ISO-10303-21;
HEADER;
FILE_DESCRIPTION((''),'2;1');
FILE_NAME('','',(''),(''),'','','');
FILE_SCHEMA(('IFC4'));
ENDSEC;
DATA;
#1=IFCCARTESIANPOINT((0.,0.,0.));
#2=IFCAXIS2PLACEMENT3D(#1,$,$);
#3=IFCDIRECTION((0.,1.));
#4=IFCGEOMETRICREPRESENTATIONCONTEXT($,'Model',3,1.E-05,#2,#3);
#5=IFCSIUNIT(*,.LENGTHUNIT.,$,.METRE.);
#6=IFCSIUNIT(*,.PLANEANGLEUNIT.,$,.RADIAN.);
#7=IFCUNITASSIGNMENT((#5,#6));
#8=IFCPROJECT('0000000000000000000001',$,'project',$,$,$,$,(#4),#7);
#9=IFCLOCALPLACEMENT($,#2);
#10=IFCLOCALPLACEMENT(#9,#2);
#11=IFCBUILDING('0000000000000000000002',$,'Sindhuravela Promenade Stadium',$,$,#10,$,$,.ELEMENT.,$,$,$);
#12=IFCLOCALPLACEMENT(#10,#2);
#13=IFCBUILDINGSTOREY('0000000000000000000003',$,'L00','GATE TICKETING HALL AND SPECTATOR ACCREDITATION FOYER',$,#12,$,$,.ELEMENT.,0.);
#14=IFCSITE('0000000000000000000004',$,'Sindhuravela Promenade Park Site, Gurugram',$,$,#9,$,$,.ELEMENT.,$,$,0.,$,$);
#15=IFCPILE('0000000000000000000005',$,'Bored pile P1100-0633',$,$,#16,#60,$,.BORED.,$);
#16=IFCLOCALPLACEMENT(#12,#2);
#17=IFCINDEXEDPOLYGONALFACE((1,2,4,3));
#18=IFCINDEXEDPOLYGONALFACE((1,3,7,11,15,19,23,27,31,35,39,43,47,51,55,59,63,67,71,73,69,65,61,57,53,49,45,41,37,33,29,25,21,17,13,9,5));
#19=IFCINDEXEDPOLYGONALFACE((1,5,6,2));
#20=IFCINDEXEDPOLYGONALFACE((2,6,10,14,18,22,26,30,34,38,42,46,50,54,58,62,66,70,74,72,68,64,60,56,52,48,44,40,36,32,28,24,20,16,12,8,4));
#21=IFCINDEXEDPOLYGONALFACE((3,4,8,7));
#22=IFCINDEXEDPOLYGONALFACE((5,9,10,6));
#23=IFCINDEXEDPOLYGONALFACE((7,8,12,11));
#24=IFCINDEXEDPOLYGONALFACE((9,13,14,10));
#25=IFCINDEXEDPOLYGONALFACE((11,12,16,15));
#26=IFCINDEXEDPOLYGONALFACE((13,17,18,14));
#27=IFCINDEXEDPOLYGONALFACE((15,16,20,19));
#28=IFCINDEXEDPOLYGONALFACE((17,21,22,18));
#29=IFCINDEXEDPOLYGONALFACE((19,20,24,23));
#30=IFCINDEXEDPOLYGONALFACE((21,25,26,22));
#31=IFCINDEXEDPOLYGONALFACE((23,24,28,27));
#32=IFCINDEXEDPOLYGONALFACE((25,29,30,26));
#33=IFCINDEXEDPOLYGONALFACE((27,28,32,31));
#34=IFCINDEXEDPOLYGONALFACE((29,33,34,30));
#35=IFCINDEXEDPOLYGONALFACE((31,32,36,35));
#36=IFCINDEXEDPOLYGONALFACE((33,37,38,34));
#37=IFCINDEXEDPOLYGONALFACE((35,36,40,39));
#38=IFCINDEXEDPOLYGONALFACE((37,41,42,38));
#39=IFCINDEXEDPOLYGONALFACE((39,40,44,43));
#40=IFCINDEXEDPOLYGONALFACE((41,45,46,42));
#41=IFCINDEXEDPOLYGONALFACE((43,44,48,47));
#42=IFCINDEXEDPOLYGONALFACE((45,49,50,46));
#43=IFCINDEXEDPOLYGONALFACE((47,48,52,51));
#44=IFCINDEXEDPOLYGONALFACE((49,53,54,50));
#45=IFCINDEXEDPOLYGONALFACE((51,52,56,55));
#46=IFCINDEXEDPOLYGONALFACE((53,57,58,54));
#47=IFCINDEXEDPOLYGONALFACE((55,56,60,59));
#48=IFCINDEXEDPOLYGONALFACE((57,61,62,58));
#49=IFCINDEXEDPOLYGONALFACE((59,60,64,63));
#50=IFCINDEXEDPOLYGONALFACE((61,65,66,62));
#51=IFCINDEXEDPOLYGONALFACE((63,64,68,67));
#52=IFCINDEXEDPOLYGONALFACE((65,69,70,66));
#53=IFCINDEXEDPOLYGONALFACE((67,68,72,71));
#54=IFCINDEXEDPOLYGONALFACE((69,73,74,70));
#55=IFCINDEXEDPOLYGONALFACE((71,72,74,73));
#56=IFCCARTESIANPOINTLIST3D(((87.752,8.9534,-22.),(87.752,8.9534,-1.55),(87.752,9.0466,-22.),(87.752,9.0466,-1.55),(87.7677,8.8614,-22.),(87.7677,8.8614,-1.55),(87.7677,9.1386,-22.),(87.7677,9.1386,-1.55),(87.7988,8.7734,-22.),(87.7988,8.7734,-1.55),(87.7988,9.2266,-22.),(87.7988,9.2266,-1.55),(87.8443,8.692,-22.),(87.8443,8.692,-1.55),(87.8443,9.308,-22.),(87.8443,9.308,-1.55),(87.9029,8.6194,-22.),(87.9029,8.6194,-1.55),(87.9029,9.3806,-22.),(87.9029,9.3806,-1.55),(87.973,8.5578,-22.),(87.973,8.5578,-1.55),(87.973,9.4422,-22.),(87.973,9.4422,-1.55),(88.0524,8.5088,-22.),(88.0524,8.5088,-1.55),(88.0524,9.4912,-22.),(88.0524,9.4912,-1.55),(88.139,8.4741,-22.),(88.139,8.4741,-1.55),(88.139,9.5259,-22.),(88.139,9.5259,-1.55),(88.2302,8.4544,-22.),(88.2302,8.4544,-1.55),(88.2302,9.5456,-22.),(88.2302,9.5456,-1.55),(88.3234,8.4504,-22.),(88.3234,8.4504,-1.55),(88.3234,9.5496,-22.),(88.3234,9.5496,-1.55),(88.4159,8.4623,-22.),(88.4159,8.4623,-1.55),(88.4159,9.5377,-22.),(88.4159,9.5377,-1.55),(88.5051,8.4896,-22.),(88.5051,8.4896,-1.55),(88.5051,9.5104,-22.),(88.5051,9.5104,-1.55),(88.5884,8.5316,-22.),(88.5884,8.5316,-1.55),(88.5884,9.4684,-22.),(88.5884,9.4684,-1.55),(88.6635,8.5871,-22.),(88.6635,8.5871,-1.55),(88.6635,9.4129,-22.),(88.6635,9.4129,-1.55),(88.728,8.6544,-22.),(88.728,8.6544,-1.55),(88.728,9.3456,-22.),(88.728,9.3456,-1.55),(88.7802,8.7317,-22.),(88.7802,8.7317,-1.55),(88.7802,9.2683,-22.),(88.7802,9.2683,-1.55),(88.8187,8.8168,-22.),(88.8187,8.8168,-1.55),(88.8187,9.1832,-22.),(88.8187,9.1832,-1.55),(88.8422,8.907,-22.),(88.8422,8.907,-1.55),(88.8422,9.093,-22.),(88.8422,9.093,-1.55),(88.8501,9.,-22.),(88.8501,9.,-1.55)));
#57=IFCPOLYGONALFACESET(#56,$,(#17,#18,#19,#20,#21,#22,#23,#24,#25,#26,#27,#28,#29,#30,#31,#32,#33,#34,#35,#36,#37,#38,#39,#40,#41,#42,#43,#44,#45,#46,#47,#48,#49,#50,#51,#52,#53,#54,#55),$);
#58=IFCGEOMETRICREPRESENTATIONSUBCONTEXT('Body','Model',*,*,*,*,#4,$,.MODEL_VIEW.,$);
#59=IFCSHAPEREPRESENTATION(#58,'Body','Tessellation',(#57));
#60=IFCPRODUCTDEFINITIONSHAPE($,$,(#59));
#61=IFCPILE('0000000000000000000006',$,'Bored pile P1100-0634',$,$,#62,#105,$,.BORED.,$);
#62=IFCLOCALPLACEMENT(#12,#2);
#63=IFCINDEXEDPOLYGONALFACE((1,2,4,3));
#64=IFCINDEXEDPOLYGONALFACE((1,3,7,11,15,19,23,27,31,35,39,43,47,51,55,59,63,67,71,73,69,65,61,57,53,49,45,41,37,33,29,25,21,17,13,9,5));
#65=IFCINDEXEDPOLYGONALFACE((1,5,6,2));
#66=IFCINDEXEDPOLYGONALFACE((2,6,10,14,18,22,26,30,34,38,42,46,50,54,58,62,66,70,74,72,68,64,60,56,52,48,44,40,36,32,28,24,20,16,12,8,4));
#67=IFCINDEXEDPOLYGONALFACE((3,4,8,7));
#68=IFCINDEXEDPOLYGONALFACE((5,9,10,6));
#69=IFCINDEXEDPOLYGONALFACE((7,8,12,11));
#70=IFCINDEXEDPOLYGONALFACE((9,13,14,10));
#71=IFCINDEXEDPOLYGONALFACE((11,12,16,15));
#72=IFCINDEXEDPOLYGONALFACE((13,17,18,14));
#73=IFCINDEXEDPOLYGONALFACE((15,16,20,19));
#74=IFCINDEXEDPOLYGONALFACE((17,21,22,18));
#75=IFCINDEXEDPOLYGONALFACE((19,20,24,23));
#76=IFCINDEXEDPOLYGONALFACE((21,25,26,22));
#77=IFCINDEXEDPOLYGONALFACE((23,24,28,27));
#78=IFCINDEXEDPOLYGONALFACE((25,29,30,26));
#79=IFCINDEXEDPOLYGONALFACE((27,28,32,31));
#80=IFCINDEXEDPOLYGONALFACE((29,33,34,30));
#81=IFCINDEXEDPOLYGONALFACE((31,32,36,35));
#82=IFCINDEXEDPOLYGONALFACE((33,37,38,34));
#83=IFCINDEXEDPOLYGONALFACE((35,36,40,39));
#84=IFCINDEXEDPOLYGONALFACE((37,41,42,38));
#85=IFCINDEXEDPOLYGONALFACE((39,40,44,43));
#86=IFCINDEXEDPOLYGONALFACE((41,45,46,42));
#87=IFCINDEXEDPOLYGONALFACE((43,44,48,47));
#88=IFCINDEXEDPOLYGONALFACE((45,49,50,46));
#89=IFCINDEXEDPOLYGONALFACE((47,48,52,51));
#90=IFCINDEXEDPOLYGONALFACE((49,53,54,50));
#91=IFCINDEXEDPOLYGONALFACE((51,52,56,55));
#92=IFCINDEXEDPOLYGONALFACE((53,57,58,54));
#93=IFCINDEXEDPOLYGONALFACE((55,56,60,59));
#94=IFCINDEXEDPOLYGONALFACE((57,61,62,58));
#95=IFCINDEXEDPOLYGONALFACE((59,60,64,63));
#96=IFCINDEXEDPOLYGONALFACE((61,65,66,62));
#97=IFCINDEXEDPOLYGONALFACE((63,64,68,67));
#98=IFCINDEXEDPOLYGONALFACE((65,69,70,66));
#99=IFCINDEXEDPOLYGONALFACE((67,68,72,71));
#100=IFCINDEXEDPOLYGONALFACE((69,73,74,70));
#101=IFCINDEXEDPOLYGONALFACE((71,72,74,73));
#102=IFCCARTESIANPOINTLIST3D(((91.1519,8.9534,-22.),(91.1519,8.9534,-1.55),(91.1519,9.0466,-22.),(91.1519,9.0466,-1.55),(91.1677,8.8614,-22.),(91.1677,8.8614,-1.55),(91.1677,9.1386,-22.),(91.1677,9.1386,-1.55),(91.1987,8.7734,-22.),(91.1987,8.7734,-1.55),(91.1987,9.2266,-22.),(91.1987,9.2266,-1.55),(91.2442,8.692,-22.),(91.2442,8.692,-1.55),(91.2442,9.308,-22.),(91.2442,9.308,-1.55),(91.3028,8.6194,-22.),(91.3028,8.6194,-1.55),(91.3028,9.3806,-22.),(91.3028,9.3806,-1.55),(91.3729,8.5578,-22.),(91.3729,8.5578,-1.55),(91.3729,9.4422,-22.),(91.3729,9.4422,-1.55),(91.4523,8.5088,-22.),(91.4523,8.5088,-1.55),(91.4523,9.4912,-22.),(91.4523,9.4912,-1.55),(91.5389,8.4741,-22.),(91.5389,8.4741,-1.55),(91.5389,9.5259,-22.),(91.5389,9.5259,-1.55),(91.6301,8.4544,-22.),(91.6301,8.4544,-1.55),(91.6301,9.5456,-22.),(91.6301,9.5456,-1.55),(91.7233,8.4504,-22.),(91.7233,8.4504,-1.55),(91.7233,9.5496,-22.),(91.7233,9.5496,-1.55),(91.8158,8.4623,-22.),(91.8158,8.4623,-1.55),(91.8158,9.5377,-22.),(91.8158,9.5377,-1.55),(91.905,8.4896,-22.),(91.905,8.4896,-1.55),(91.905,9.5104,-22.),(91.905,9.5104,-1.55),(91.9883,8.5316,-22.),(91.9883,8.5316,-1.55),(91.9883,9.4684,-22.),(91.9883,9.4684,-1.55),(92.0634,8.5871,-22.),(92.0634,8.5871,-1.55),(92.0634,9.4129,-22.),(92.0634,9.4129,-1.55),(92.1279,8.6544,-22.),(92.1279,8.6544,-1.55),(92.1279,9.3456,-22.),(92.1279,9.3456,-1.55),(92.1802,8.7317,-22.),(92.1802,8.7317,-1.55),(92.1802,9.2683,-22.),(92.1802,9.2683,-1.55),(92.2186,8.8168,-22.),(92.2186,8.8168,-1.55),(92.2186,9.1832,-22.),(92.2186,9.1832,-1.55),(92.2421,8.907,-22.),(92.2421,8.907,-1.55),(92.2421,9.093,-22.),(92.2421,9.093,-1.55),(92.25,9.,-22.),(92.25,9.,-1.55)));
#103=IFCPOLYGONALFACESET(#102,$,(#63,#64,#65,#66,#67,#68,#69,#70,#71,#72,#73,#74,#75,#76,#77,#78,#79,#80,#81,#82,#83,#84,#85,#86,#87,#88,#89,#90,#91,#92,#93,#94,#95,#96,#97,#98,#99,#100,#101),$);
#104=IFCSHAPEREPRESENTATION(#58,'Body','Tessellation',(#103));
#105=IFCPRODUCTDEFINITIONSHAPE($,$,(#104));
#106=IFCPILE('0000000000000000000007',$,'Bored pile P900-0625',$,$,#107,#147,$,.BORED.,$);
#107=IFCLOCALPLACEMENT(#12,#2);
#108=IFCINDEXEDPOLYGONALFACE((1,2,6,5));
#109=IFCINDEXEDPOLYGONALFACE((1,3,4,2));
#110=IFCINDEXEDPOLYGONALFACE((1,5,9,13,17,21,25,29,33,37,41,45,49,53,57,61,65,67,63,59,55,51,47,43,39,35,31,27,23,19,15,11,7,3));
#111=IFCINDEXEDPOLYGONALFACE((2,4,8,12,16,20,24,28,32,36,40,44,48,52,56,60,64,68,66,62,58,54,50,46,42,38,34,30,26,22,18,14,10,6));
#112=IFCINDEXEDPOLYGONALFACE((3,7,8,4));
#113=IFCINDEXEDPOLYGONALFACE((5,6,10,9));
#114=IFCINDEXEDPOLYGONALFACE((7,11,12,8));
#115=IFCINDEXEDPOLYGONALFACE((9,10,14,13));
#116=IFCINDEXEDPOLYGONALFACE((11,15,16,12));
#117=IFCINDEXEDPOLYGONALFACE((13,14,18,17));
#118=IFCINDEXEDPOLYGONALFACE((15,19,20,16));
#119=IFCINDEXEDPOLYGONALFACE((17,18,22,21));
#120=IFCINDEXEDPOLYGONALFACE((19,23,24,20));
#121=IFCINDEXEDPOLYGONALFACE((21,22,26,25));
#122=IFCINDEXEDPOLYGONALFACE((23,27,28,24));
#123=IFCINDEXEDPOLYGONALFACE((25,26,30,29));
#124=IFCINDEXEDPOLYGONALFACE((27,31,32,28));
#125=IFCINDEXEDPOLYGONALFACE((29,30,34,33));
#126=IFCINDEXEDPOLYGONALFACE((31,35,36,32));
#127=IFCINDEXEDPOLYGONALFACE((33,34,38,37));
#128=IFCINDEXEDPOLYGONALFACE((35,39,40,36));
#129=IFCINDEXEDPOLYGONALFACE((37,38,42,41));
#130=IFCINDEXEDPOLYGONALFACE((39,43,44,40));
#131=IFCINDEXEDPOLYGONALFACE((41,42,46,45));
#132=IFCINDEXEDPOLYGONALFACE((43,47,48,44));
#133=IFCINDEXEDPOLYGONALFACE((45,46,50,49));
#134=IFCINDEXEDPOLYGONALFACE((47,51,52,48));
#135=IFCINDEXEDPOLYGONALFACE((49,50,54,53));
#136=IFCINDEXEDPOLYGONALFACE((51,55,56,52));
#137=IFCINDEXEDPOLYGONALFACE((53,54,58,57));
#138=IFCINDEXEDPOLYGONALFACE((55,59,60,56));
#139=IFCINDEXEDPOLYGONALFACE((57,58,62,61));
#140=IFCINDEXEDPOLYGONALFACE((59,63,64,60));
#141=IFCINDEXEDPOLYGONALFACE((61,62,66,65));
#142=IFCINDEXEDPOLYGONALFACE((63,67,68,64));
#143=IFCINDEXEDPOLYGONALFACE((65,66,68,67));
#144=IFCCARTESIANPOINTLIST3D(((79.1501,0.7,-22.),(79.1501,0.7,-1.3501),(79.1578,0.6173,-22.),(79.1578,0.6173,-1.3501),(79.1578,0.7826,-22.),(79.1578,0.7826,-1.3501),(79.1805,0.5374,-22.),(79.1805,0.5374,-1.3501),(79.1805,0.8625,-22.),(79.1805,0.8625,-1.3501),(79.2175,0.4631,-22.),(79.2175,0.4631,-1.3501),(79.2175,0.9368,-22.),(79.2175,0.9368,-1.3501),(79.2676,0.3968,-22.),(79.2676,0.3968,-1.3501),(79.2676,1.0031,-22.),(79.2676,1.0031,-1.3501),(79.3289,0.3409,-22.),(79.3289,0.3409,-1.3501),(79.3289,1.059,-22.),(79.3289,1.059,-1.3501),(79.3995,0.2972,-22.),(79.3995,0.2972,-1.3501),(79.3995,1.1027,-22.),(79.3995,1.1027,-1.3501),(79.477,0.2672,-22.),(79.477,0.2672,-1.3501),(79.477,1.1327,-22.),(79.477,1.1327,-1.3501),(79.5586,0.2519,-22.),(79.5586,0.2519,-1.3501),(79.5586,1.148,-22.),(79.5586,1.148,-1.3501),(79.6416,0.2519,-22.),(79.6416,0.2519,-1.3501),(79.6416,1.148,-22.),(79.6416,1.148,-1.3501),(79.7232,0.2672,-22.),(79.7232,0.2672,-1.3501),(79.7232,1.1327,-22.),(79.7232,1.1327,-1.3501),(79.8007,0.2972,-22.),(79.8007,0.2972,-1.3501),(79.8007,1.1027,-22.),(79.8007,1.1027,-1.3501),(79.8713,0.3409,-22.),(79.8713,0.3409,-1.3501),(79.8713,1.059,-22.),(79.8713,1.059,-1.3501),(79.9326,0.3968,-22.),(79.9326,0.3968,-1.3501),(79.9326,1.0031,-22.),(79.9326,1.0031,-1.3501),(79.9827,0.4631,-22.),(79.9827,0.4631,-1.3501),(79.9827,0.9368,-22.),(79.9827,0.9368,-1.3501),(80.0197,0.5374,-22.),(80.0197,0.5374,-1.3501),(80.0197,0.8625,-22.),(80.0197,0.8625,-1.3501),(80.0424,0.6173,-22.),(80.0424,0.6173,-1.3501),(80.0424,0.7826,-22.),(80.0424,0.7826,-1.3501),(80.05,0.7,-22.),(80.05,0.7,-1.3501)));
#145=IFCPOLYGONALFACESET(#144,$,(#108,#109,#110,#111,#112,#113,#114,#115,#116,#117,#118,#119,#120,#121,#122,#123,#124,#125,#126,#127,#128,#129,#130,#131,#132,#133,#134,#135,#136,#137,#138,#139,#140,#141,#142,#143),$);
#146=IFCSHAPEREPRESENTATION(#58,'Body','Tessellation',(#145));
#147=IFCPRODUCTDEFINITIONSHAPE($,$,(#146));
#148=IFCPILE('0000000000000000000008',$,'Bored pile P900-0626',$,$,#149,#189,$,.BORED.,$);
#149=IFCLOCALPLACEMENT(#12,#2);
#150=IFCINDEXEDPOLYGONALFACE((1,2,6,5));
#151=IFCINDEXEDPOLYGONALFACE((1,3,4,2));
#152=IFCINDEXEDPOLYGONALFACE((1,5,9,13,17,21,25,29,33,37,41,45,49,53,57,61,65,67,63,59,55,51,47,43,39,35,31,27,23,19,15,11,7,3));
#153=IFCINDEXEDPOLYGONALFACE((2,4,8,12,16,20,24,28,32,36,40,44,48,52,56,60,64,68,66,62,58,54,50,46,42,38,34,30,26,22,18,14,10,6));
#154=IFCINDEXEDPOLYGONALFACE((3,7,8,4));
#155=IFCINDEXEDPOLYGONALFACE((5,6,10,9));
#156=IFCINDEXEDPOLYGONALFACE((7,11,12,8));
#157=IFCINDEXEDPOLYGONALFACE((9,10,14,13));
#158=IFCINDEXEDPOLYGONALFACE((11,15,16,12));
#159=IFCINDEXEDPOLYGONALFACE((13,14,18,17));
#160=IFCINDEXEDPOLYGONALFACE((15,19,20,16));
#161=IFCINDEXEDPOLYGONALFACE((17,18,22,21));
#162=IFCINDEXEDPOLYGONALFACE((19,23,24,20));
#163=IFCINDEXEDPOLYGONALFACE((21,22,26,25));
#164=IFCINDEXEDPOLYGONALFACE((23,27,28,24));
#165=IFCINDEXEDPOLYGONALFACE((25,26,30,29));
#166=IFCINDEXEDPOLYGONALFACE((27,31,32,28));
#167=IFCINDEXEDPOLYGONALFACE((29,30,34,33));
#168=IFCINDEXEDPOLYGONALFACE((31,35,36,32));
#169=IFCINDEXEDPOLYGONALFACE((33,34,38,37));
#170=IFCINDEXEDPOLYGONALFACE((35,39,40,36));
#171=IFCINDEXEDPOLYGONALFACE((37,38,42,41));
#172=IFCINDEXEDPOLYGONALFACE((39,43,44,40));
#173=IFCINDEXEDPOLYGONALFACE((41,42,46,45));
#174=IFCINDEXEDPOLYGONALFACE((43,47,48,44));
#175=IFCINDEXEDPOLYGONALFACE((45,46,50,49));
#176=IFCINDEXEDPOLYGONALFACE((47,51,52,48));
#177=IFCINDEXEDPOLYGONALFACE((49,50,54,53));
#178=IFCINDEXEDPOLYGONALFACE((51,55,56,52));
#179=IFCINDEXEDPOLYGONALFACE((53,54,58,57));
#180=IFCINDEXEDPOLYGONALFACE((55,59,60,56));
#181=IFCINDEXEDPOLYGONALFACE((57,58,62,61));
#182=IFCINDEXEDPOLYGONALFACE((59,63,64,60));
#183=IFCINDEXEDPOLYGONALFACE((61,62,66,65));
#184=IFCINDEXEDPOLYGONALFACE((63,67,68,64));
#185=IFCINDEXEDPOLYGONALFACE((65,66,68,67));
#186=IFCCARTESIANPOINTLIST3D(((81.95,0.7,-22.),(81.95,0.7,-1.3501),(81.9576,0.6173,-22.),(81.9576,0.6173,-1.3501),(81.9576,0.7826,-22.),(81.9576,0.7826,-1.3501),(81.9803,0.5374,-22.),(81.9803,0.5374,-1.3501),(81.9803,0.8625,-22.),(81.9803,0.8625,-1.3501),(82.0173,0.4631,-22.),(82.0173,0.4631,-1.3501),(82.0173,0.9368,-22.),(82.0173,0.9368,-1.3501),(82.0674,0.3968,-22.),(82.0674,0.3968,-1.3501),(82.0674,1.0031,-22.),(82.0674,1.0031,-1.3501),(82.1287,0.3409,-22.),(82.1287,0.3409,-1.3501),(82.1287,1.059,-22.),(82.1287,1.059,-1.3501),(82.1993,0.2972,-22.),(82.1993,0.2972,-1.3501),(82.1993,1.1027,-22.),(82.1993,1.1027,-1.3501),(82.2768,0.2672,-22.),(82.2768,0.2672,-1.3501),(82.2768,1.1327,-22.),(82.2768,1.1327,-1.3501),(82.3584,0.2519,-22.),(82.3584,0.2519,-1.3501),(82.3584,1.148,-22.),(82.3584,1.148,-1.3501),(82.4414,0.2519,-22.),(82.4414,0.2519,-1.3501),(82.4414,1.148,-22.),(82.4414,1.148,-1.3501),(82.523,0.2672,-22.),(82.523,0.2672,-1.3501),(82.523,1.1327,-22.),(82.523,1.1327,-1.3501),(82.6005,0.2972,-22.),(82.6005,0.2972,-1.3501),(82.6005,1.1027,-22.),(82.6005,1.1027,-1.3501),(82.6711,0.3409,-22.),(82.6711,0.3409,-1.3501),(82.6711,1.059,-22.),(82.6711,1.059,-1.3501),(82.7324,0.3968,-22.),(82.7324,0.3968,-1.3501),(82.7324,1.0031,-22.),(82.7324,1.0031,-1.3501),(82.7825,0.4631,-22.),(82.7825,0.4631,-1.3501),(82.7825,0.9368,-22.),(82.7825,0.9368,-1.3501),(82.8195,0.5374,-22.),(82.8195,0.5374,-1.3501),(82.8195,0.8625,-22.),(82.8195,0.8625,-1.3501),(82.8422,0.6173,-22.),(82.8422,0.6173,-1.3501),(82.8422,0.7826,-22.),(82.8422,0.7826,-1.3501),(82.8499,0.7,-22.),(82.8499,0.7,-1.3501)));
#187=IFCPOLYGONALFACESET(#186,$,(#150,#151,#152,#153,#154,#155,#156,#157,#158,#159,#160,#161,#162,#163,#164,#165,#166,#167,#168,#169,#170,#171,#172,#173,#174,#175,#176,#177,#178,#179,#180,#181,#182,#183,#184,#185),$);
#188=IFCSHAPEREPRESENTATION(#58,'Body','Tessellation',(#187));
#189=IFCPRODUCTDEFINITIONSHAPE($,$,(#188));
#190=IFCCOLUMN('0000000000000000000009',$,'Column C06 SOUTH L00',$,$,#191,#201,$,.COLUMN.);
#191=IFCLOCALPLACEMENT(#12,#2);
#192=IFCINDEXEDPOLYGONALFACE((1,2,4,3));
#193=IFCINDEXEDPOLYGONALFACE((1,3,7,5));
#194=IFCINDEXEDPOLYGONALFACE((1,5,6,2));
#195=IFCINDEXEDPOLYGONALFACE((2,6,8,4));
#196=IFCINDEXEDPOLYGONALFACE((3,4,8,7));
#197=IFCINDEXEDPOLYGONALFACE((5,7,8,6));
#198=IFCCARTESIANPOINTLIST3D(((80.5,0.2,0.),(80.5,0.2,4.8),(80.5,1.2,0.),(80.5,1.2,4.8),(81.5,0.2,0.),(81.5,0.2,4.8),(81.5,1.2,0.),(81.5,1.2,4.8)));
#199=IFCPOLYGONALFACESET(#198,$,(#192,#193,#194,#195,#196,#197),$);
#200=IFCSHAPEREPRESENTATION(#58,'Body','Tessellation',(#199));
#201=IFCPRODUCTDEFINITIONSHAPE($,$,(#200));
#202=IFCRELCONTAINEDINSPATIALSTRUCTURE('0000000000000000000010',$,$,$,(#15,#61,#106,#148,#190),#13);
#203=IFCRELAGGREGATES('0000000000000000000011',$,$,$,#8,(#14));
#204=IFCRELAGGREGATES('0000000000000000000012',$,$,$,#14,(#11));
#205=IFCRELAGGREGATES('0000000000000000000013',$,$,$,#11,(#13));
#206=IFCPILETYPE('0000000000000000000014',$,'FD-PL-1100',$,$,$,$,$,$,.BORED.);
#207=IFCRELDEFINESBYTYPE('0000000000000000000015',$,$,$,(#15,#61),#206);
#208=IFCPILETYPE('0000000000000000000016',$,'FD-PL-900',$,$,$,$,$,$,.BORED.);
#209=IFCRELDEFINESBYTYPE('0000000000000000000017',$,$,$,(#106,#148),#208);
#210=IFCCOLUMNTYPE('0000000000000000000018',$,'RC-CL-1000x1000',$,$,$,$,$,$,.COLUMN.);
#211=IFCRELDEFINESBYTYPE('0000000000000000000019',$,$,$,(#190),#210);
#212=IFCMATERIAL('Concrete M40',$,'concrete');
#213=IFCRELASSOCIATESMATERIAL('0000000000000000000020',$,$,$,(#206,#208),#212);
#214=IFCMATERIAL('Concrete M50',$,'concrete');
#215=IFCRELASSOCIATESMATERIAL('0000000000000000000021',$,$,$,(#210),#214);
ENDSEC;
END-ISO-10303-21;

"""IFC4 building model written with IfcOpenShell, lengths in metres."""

from ifc_helpers import new_model, si_unit, direction, frame, origin, origin_2d, place, context, subcontext, project, spatial, rectangle, circle, extrude, material, material_profile, profile_set, type_object, element, save


model = new_model("IFC4")

# Units and contexts
model_context = context("Model", 3, precision=1e-05, world=origin(), true_north=direction((0.0, 1.0)))
body_context = subcontext(model_context, "Body", "Model", "MODEL_VIEW")
ifc_project = project(units=[si_unit("LENGTHUNIT", "METRE"), si_unit("PLANEANGLEUNIT", "RADIAN")], contexts=[model_context])

# Site, building, storey
site_placement = place(None, origin())
site = spatial("IfcSite", under=ifc_project, at=site_placement, Name="Sindhuravela Promenade Park Site, Gurugram", CompositionType="ELEMENT", RefElevation=0.0)
building_placement = place(site_placement, origin())
building = spatial("IfcBuilding", under=site, at=building_placement, Name="Sindhuravela Promenade Stadium", CompositionType="ELEMENT")
storey_placement = place(building_placement, origin())
storey = spatial("IfcBuildingStorey", under=building, at=storey_placement, Name="L00", Description="GATE TICKETING HALL AND SPECTATOR ACCREDITATION FOYER", CompositionType="ELEMENT", Elevation=0.0)

# Shared definitions
ifc_material_1 = material(Name="Concrete M50", Category="concrete")

# Piles
ifc_material_2 = material(Name="Concrete M40", Category="concrete")
ifc_material_profile_1 = material_profile(ifc_material_2, circle(Radius=0.55, at=origin_2d()), Name="BORED PILE D1100")
ifc_profile_set_1 = profile_set([ifc_material_profile_1], Name="Concrete M40")
pile_type_1 = type_object("IfcPileType", Name="FD-PL-1100", PredefinedType="BORED", material=ifc_profile_set_1)
for number, where, z_axis, x_axis, name in (
    (1, (88.3, 9.0, -1.55), (0.0, 0.0, -1.0), (1.0, 0.0, 0.0), "Bored pile P1100-0633"),
    (2, (91.7, 9.0, -1.55), (0.0, 0.0, -1.0), (1.0, 0.0, 0.0), "Bored pile P1100-0634"),
):
    element("IfcPile", number, at=place(storey_placement, frame(where, z_axis=z_axis, x_axis=x_axis)), inside=storey, type_object=pile_type_1, Name=name, PredefinedType="BORED", context=body_context, shape_type="SweptSolid", body=[
        extrude(circle(Radius=0.55, at=origin_2d()), origin(), (0.0, 0.0, 1.0), 20.45),
    ])
ifc_material_profile_2 = material_profile(ifc_material_2, circle(Radius=0.45, at=origin_2d()), Name="BORED PILE D900")
ifc_profile_set_2 = profile_set([ifc_material_profile_2], Name="Concrete M40")
pile_type_2 = type_object("IfcPileType", Name="FD-PL-900", PredefinedType="BORED", material=ifc_profile_set_2)
for number, where, z_axis, x_axis, name in (
    (3, (79.6001, 0.7, -1.3501), (0.0, 0.0, -1.0), (1.0, 0.0, 0.0), "Bored pile P900-0625"),
    (4, (82.3999, 0.7, -1.3501), (0.0, 0.0, -1.0), (1.0, 0.0, 0.0), "Bored pile P900-0626"),
):
    element("IfcPile", number, at=place(storey_placement, frame(where, z_axis=z_axis, x_axis=x_axis)), inside=storey, type_object=pile_type_2, Name=name, PredefinedType="BORED", context=body_context, shape_type="SweptSolid", body=[
        extrude(circle(Radius=0.45, at=origin_2d()), origin(), (0.0, 0.0, 1.0), 20.6499),
    ])

# Column
ifc_material_profile_3 = material_profile(ifc_material_1, rectangle(XDim=1.0, YDim=1.0, at=origin_2d()), Name="RC 1000x1000")
ifc_profile_set_3 = profile_set([ifc_material_profile_3], Name="Concrete M50")
column_type = type_object("IfcColumnType", Name="RC-CL-1000x1000", PredefinedType="COLUMN", material=ifc_profile_set_3)
for number, where, z_axis, x_axis, name in (
    (5, (81.0, 0.7, 0.0), (0.0, 0.0, 1.0), (1.0, 0.0, 0.0), "Column C06 SOUTH L00"),
):
    element("IfcColumn", number, at=place(storey_placement, frame(where, z_axis=z_axis, x_axis=x_axis)), inside=storey, type_object=column_type, Name=name, PredefinedType="COLUMN", context=body_context, shape_type="SweptSolid", body=[
        extrude(rectangle(XDim=1.0, YDim=1.0, at=origin_2d()), origin(), (0.0, 0.0, 1.0), 4.8),
    ])

save(model, "model.ifc")
